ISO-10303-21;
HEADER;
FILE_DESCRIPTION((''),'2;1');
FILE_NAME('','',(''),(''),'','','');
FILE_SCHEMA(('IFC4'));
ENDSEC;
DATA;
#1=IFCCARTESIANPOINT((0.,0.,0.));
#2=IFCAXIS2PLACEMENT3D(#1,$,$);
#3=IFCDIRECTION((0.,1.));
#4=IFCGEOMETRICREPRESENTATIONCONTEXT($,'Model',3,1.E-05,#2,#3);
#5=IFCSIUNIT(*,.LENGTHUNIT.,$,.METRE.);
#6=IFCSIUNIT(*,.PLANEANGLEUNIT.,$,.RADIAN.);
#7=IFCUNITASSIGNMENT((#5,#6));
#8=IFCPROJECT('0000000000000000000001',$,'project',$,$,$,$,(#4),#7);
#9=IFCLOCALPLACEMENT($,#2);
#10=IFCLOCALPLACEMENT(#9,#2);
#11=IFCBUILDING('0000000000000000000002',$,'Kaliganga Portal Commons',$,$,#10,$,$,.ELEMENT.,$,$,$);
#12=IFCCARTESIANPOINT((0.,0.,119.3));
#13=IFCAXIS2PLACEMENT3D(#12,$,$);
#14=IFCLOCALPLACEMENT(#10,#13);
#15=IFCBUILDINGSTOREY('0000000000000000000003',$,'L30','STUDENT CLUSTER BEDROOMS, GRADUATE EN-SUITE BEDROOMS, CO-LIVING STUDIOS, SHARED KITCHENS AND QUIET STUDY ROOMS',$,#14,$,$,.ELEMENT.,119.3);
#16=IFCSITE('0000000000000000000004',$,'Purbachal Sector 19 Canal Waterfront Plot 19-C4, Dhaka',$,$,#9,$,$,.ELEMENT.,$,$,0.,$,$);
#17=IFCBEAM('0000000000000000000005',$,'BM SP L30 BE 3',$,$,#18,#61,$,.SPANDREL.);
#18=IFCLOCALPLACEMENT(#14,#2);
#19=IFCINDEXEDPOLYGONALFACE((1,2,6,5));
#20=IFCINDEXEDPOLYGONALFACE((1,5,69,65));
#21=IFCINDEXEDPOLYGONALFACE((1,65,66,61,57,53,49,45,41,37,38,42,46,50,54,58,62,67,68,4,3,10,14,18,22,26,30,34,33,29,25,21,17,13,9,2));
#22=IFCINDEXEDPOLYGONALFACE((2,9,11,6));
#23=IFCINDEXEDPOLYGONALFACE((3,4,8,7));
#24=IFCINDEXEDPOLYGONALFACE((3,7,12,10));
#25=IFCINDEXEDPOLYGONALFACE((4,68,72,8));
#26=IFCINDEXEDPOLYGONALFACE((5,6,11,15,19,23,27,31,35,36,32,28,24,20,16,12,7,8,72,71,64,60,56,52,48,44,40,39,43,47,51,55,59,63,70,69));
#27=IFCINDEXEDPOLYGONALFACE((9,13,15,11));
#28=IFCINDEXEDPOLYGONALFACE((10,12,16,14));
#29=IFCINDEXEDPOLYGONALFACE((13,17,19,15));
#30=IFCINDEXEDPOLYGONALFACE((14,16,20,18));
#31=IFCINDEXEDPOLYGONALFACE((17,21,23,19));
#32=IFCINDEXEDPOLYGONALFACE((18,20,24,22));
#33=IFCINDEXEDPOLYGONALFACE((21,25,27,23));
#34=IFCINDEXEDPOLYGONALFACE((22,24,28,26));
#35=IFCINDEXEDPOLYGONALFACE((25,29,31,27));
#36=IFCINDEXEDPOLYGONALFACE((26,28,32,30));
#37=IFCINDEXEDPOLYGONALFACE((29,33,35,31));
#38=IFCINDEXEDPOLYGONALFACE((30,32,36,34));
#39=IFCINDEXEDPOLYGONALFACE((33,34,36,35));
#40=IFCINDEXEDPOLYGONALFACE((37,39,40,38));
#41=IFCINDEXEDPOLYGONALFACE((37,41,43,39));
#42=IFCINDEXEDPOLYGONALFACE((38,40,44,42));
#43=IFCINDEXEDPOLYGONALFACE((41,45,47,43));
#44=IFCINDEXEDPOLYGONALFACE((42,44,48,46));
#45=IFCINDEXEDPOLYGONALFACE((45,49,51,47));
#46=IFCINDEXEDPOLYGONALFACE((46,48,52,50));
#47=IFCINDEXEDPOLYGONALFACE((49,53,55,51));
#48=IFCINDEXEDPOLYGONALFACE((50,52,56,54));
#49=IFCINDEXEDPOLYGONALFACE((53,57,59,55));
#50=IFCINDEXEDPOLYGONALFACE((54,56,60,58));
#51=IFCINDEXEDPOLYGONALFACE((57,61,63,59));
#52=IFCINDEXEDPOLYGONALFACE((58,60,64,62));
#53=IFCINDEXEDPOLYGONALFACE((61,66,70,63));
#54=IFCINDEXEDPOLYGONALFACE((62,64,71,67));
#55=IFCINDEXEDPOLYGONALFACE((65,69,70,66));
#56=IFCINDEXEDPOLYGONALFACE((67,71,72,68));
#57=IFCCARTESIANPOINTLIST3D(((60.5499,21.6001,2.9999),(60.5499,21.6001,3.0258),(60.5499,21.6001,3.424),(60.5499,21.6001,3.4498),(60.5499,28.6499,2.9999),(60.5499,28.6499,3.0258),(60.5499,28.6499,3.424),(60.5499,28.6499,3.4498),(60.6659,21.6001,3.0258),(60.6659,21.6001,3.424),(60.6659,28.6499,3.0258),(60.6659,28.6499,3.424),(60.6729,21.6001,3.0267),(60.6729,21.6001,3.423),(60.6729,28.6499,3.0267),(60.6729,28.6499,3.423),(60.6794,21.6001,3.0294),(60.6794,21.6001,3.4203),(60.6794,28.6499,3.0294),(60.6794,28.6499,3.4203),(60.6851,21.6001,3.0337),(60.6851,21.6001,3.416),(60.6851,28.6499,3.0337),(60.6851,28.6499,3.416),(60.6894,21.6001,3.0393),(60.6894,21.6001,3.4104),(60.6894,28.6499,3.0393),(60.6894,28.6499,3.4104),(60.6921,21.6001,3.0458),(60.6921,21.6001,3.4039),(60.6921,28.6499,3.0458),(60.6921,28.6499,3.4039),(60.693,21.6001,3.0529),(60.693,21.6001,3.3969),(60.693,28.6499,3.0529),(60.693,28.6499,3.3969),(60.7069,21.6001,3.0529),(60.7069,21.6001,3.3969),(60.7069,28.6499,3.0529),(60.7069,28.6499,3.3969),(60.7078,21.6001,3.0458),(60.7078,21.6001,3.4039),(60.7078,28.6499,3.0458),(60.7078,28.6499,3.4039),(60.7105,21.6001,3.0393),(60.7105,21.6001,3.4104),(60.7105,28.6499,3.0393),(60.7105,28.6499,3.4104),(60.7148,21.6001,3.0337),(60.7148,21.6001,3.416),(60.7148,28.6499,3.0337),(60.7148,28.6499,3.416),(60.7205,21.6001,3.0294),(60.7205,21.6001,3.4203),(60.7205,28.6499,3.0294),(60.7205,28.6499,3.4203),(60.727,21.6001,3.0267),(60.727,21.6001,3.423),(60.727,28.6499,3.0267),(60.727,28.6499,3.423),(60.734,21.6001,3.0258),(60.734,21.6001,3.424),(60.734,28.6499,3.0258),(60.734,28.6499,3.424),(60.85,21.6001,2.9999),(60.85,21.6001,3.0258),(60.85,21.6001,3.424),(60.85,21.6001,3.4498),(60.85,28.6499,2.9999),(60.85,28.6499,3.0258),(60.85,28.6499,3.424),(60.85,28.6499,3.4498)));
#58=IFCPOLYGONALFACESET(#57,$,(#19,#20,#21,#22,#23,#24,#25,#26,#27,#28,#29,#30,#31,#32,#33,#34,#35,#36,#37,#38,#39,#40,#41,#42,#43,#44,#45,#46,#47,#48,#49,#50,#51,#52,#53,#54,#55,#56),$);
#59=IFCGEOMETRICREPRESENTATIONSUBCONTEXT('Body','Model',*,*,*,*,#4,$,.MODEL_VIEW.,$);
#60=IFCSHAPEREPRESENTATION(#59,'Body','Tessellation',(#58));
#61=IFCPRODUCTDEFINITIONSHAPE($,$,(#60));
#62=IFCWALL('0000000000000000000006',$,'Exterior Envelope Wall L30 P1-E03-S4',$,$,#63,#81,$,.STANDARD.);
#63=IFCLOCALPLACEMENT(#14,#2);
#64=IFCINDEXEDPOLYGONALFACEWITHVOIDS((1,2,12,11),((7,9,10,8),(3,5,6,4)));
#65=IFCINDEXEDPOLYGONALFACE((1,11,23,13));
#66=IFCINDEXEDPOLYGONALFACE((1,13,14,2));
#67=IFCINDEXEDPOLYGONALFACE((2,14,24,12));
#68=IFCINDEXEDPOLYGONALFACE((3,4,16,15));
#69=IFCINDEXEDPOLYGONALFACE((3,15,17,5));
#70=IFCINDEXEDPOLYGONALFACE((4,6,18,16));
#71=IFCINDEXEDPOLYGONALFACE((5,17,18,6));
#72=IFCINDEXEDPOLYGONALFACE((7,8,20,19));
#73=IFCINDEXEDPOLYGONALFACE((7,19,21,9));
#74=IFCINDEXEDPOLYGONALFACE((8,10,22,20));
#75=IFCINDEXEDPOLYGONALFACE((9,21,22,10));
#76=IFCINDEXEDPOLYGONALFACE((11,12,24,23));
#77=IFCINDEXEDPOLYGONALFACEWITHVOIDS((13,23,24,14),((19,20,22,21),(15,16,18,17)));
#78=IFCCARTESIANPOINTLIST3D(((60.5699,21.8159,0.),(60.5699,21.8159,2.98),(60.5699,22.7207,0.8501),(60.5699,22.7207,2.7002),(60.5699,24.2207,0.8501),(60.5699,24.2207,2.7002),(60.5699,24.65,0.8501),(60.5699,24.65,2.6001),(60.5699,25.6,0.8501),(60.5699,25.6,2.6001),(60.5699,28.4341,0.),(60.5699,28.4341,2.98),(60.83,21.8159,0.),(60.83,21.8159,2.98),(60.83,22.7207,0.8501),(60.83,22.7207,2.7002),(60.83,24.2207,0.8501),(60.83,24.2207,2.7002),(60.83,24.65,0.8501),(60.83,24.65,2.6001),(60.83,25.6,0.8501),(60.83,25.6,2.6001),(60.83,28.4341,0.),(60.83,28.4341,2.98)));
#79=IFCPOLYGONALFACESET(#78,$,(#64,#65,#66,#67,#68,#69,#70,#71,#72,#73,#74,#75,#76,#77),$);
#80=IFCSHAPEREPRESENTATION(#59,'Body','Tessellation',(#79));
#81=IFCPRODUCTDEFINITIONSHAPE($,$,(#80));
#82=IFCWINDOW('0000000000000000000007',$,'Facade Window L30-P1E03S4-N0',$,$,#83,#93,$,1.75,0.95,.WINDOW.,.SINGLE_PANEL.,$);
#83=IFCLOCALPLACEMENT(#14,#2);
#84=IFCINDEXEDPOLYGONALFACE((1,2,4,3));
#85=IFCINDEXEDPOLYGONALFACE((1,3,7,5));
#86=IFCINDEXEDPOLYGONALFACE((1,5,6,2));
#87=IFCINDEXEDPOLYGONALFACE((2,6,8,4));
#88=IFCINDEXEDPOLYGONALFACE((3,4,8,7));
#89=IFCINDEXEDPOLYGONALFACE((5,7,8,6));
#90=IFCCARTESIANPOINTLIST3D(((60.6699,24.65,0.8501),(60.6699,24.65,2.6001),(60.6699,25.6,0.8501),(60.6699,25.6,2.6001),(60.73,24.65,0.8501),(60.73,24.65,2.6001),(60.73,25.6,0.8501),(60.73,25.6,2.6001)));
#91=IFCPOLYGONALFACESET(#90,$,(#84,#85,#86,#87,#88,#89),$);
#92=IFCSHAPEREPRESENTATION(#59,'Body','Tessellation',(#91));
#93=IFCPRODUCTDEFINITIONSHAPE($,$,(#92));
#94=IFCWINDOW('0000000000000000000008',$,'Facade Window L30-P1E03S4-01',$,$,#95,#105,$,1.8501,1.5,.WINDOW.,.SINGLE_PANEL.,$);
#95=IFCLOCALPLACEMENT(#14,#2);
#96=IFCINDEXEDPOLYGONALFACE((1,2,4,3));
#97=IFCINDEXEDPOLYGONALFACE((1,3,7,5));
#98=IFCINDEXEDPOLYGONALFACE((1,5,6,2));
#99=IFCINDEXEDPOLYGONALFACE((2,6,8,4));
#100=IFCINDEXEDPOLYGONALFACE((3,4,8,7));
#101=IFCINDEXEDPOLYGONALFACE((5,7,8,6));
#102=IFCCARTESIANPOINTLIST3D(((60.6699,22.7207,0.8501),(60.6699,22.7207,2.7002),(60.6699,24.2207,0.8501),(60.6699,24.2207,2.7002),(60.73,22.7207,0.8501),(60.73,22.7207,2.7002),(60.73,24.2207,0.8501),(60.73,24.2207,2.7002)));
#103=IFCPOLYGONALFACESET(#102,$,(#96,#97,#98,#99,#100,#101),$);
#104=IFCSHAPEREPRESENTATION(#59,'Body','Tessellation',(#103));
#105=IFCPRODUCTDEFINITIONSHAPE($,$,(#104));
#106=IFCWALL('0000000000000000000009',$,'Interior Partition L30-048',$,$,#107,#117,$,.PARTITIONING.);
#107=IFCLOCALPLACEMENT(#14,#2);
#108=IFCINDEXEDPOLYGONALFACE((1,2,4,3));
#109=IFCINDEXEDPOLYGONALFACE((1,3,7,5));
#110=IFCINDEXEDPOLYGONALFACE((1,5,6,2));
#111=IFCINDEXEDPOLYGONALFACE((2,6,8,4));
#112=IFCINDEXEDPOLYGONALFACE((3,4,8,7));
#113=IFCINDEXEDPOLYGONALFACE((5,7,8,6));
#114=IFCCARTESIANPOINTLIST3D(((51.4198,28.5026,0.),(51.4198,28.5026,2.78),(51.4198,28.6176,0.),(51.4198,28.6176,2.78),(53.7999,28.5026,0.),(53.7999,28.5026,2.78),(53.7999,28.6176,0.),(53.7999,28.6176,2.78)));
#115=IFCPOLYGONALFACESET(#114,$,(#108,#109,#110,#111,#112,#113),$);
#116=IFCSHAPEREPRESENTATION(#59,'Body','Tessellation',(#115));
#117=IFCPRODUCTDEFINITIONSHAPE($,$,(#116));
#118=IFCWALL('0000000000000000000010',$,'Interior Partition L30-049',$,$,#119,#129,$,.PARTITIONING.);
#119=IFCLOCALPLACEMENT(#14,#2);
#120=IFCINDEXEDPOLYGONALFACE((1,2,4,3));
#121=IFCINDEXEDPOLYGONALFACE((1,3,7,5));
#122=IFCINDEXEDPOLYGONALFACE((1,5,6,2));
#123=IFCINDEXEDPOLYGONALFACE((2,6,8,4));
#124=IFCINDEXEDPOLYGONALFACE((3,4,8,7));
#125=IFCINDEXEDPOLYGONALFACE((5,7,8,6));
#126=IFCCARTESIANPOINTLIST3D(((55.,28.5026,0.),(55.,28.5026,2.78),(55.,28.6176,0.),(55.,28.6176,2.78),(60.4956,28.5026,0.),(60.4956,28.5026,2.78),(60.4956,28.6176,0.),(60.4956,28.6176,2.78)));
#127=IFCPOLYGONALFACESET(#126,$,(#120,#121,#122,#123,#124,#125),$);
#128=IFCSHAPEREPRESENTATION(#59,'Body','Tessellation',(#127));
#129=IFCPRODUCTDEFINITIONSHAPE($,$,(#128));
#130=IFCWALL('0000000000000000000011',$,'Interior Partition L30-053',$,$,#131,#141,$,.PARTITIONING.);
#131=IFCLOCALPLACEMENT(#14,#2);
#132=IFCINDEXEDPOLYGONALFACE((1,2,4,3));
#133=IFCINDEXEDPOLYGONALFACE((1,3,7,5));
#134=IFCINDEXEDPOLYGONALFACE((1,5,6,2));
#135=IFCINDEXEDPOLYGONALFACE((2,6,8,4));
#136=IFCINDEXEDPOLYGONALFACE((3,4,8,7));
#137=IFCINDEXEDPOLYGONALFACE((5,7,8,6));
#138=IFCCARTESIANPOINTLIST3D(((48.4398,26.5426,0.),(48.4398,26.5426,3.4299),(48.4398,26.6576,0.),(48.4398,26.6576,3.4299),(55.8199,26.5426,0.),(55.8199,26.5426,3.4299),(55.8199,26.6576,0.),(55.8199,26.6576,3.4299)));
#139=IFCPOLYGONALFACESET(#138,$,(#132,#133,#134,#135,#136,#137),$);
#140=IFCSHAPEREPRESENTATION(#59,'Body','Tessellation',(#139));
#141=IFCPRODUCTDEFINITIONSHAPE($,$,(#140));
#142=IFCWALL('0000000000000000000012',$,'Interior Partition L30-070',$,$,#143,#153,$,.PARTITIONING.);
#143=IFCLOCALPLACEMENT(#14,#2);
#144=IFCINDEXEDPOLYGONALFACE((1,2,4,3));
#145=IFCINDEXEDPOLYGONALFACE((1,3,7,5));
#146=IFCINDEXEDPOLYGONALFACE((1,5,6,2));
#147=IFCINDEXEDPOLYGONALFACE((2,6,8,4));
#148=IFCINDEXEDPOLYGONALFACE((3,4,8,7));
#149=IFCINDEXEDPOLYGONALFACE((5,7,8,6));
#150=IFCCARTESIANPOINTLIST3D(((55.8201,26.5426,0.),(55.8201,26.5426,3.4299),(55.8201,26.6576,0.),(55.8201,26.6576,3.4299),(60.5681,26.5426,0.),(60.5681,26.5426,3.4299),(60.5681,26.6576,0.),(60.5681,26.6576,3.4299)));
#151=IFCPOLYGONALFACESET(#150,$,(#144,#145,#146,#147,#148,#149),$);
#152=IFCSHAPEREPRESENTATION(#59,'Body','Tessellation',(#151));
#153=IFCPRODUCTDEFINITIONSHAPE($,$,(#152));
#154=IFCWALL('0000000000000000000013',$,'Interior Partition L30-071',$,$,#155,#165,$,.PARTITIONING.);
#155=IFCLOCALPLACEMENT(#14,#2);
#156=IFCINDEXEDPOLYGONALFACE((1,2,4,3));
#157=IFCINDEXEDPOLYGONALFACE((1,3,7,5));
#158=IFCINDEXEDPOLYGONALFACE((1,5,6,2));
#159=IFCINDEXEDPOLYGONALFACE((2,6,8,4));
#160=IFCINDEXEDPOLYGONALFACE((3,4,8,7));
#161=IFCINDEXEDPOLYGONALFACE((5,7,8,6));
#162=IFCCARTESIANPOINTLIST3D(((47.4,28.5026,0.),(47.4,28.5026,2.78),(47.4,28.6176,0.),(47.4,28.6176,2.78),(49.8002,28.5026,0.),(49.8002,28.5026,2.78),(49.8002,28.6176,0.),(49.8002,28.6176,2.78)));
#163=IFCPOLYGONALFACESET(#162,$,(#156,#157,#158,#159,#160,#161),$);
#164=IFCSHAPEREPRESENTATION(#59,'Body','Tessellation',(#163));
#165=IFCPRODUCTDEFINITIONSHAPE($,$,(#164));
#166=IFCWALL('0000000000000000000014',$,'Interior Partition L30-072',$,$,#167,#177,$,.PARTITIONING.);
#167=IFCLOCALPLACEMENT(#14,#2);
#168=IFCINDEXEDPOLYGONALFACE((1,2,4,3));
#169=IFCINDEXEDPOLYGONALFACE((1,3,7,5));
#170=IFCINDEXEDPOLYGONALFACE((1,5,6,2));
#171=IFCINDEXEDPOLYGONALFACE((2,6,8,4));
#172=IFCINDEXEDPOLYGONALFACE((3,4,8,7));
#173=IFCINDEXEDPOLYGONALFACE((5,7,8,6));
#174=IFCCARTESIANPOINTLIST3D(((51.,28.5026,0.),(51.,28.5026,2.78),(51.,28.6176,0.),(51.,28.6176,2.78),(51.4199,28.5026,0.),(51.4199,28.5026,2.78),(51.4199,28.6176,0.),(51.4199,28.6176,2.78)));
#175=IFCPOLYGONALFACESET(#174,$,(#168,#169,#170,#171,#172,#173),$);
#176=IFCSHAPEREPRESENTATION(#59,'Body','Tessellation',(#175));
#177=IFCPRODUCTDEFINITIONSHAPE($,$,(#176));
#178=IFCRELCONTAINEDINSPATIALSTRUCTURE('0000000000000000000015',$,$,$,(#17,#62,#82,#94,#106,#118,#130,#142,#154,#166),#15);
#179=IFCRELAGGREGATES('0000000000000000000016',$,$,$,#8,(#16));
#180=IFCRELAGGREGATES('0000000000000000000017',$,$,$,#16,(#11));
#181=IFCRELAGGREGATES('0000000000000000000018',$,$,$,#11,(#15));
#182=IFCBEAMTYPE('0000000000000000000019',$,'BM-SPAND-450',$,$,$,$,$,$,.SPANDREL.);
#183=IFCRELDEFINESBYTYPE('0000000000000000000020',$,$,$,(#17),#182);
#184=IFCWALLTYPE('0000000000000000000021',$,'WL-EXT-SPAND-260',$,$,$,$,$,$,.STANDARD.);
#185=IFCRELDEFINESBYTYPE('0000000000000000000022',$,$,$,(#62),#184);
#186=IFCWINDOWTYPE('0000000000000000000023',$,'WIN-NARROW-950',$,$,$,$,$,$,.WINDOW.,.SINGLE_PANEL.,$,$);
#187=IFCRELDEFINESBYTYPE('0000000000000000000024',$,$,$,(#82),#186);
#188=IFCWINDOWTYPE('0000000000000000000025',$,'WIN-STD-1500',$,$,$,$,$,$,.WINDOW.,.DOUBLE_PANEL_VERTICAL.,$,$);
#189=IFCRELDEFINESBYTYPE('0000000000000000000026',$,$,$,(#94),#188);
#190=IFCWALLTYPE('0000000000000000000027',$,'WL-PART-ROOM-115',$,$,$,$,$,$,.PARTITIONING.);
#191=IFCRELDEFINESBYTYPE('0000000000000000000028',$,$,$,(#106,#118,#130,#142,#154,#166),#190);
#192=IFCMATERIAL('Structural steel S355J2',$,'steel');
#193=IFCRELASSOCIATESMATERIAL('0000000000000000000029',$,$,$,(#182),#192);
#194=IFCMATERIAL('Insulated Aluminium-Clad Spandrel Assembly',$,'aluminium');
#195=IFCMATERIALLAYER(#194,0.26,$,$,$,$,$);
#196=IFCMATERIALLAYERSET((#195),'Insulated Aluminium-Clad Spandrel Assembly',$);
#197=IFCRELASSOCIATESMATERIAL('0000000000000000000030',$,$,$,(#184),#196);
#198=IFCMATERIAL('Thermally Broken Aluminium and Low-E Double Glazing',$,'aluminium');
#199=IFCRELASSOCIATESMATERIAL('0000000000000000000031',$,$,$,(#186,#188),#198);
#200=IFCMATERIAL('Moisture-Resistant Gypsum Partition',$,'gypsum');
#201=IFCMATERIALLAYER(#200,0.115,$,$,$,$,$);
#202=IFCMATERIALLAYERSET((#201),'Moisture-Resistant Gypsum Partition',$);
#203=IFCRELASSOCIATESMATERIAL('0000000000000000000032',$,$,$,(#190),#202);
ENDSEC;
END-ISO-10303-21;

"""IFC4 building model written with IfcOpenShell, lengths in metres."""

from ifc_helpers import new_model, si_unit, direction, frame, frame_2d, origin, origin_2d, place, context, subcontext, project, spatial, rectangle, i_section, extrude, source, transform, mapped, material, layer, layer_set, material_profile, profile_set, type_object, element, fill, save


model = new_model("IFC4")

# Units and contexts
model_context = context("Model", 3, precision=1e-05, world=origin(), true_north=direction((0.0, 1.0)))
body_context = subcontext(model_context, "Body", "Model", "MODEL_VIEW")
ifc_project = project(units=[si_unit("LENGTHUNIT", "METRE"), si_unit("PLANEANGLEUNIT", "RADIAN")], contexts=[model_context])

# Site, building, storey
site_placement = place(None, origin())
site = spatial("IfcSite", under=ifc_project, at=site_placement, Name="Purbachal Sector 19 Canal Waterfront Plot 19-C4, Dhaka", CompositionType="ELEMENT", RefElevation=0.0)
building_placement = place(site_placement, origin())
building = spatial("IfcBuilding", under=site, at=building_placement, Name="Kaliganga Portal Commons", CompositionType="ELEMENT")
storey_placement = place(building_placement, frame((0.0, 0.0, 119.3)))
storey = spatial("IfcBuildingStorey", under=building, at=storey_placement, Name="L30", Description="STUDENT CLUSTER BEDROOMS, GRADUATE EN-SUITE BEDROOMS, CO-LIVING STUDIOS, SHARED KITCHENS AND QUIET STUDY ROOMS", CompositionType="ELEMENT", Elevation=119.3)

# Beam
ifc_material_1 = material(Name="Structural steel S355J2", Category="steel")
ifc_material_profile_1 = material_profile(ifc_material_1, i_section(OverallWidth=0.3, OverallDepth=0.45, WebThickness=0.0139, FlangeThickness=0.0259, FilletRadius=0.0271, at=origin_2d()), Name="HE 450 B")
ifc_profile_set_1 = profile_set([ifc_material_profile_1], Name="Structural steel S355J2 wide-flange")
beam_type_1 = type_object("IfcBeamType", Name="BM-SPAND-450", PredefinedType="SPANDREL", material=ifc_profile_set_1)
shared_shape_1 = source(origin(), body_context, "Body", "SweptSolid", [
    extrude(i_section(OverallWidth=0.3, OverallDepth=0.45, WebThickness=0.0139, FlangeThickness=0.0259, FilletRadius=0.0271, at=origin_2d()), origin(), (0.0, 0.0, 1.0), 7.0498),
])
beam_1_placement = place(storey_placement, frame((60.7, 21.6001, 3.2249), z_axis=(0.0, 1.0, 0.0), x_axis=(-1.0, 0.0, 0.0)))
element("IfcBeam", 1, at=beam_1_placement, inside=storey, type_object=beam_type_1, Name="BM SP L30 BE 3", PredefinedType="SPANDREL", context=body_context, shape_type="MappedRepresentation", body=[
    mapped(shared_shape_1, transform((0.0, 0.0, 0.0), x_axis=(1.0, 0.0, 0.0), y_axis=(0.0, 1.0, 0.0), z_axis=(0.0, 0.0, 1.0), scale=1.0)),
])

# Wall, openings, windows
ifc_material_2 = material(Name="Insulated Aluminium-Clad Spandrel Assembly", Category="aluminium")
ifc_layer_1 = layer(ifc_material_2, 0.26)
ifc_layer_set_1 = layer_set([ifc_layer_1], Name="Insulated Aluminium-Clad Spandrel Assembly")
wall_type_1 = type_object("IfcWallType", Name="WL-EXT-SPAND-260", PredefinedType="STANDARD", material=ifc_layer_set_1)
wall_1_placement = place(storey_placement, frame((60.7, 28.4341, 0.0), z_axis=(0.0, 0.0, 1.0), x_axis=(0.0, -1.0, 0.0)))
wall_1 = element("IfcWall", 2, at=wall_1_placement, inside=storey, type_object=wall_type_1, Name="Exterior Envelope Wall L30 P1-E03-S4", PredefinedType="STANDARD", context=body_context, shape_type="SweptSolid", body=[
    extrude(rectangle(XDim=6.6182, YDim=0.26, at=frame_2d((3.3091, 0.0))), origin(), (0.0, 0.0, 1.0), 2.98),
])
opening_1_placement = place(wall_1_placement, frame((4.2134, 0.0, 0.8501)))
opening_1 = element("IfcOpeningElement", 3, at=opening_1_placement, cuts=wall_1, PredefinedType="OPENING", context=body_context, shape_type="SweptSolid", body=[
    extrude(rectangle(XDim=1.5, YDim=1.8501, at=frame_2d((0.75, 0.925))), frame((0.0, 0.1401, 0.0), z_axis=(0.0, -1.0, 0.0), x_axis=(1.0, 0.0, 0.0)), (0.0, 0.0, 1.0), 0.28),
])
opening_2_placement = place(wall_1_placement, frame((2.834, 0.0, 0.8501)))
opening_2 = element("IfcOpeningElement", 4, at=opening_2_placement, cuts=wall_1, PredefinedType="OPENING", context=body_context, shape_type="SweptSolid", body=[
    extrude(rectangle(XDim=0.95, YDim=1.75, at=frame_2d((0.4751, 0.875))), frame((0.0, 0.1401, 0.0), z_axis=(0.0, -1.0, 0.0), x_axis=(1.0, 0.0, 0.0)), (0.0, 0.0, 1.0), 0.28),
])
ifc_material_3 = material(Name="Thermally Broken Aluminium and Low-E Double Glazing", Category="aluminium")
window_type_1 = type_object("IfcWindowType", Name="WIN-NARROW-950", PartitioningType="SINGLE_PANEL", PredefinedType="WINDOW", material=ifc_material_3)
window_1_placement = place(opening_2_placement, origin())
window_1 = element("IfcWindow", 5, at=window_1_placement, inside=storey, type_object=window_type_1, Name="Facade Window L30-P1E03S4-N0", OverallHeight=1.75, OverallWidth=0.95, PartitioningType="SINGLE_PANEL", PredefinedType="WINDOW", context=body_context, shape_type="SweptSolid", body=[
    extrude(rectangle(XDim=0.95, YDim=1.75, at=frame_2d((0.4751, 0.875))), frame((0.0, 0.03, 0.0), z_axis=(0.0, -1.0, 0.0), x_axis=(1.0, 0.0, 0.0)), (0.0, 0.0, 1.0), 0.0601),
])
fill(opening_2, window_1)
window_type_2 = type_object("IfcWindowType", Name="WIN-STD-1500", PartitioningType="DOUBLE_PANEL_VERTICAL", PredefinedType="WINDOW", material=ifc_material_3)
window_2_placement = place(opening_1_placement, origin())
window_2 = element("IfcWindow", 6, at=window_2_placement, inside=storey, type_object=window_type_2, Name="Facade Window L30-P1E03S4-01", OverallHeight=1.8501, OverallWidth=1.5, PartitioningType="SINGLE_PANEL", PredefinedType="WINDOW", context=body_context, shape_type="SweptSolid", body=[
    extrude(rectangle(XDim=1.5, YDim=1.8501, at=frame_2d((0.75, 0.925))), frame((0.0, 0.03, 0.0), z_axis=(0.0, -1.0, 0.0), x_axis=(1.0, 0.0, 0.0)), (0.0, 0.0, 1.0), 0.0601),
])
fill(opening_1, window_2)

# Walls
ifc_material_4 = material(Name="Moisture-Resistant Gypsum Partition", Category="gypsum")
ifc_layer_2 = layer(ifc_material_4, 0.115)
ifc_layer_set_2 = layer_set([ifc_layer_2], Name="Moisture-Resistant Gypsum Partition")
wall_type_2 = type_object("IfcWallType", Name="WL-PART-ROOM-115", PredefinedType="PARTITIONING", material=ifc_layer_set_2)
wall_2_placement = place(storey_placement, frame((51.4199, 28.5601, 0.0), z_axis=(0.0, 0.0, 1.0), x_axis=(1.0, 0.0, 0.0)))
element("IfcWall", 7, at=wall_2_placement, inside=storey, type_object=wall_type_2, Name="Interior Partition L30-048", PredefinedType="PARTITIONING", context=body_context, shape_type="SweptSolid", body=[
    extrude(rectangle(XDim=2.3801, YDim=0.115, at=frame_2d((1.1899, 0.0))), origin(), (0.0, 0.0, 1.0), 2.78),
])
wall_3_placement = place(storey_placement, frame((55.0, 28.5601, 0.0), z_axis=(0.0, 0.0, 1.0), x_axis=(1.0, 0.0, 0.0)))
element("IfcWall", 8, at=wall_3_placement, inside=storey, type_object=wall_type_2, Name="Interior Partition L30-049", PredefinedType="PARTITIONING", context=body_context, shape_type="SweptSolid", body=[
    extrude(rectangle(XDim=5.4956, YDim=0.115, at=frame_2d((2.7478, 0.0))), origin(), (0.0, 0.0, 1.0), 2.78),
])
wall_4_placement = place(storey_placement, frame((48.4399, 26.6001, 0.0), z_axis=(0.0, 0.0, 1.0), x_axis=(1.0, 0.0, 0.0)))
element("IfcWall", 9, at=wall_4_placement, inside=storey, type_object=wall_type_2, Name="Interior Partition L30-053", PredefinedType="PARTITIONING", context=body_context, shape_type="SweptSolid", body=[
    extrude(rectangle(XDim=7.3801, YDim=0.115, at=frame_2d((3.6899, 0.0))), origin(), (0.0, 0.0, 1.0), 3.4299),
])
wall_5_placement = place(storey_placement, frame((55.8201, 26.6001, 0.0), z_axis=(0.0, 0.0, 1.0), x_axis=(1.0, 0.0, 0.0)))
element("IfcWall", 10, at=wall_5_placement, inside=storey, type_object=wall_type_2, Name="Interior Partition L30-070", PredefinedType="PARTITIONING", context=body_context, shape_type="SweptSolid", body=[
    extrude(rectangle(XDim=4.748, YDim=0.115, at=frame_2d((2.374, 0.0))), origin(), (0.0, 0.0, 1.0), 3.4299),
])
wall_6_placement = place(storey_placement, frame((47.3999, 28.5601, 0.0), z_axis=(0.0, 0.0, 1.0), x_axis=(1.0, 0.0, 0.0)))
element("IfcWall", 11, at=wall_6_placement, inside=storey, type_object=wall_type_2, Name="Interior Partition L30-071", PredefinedType="PARTITIONING", context=body_context, shape_type="SweptSolid", body=[
    extrude(rectangle(XDim=2.4001, YDim=0.115, at=frame_2d((1.2002, 0.0))), origin(), (0.0, 0.0, 1.0), 2.78),
])
wall_7_placement = place(storey_placement, frame((51.0, 28.5601, 0.0), z_axis=(0.0, 0.0, 1.0), x_axis=(1.0, 0.0, 0.0)))
element("IfcWall", 12, at=wall_7_placement, inside=storey, type_object=wall_type_2, Name="Interior Partition L30-072", PredefinedType="PARTITIONING", context=body_context, shape_type="SweptSolid", body=[
    extrude(rectangle(XDim=0.4199, YDim=0.115, at=frame_2d((0.21, 0.0))), origin(), (0.0, 0.0, 1.0), 2.78),
])

save(model, "model.ifc")
